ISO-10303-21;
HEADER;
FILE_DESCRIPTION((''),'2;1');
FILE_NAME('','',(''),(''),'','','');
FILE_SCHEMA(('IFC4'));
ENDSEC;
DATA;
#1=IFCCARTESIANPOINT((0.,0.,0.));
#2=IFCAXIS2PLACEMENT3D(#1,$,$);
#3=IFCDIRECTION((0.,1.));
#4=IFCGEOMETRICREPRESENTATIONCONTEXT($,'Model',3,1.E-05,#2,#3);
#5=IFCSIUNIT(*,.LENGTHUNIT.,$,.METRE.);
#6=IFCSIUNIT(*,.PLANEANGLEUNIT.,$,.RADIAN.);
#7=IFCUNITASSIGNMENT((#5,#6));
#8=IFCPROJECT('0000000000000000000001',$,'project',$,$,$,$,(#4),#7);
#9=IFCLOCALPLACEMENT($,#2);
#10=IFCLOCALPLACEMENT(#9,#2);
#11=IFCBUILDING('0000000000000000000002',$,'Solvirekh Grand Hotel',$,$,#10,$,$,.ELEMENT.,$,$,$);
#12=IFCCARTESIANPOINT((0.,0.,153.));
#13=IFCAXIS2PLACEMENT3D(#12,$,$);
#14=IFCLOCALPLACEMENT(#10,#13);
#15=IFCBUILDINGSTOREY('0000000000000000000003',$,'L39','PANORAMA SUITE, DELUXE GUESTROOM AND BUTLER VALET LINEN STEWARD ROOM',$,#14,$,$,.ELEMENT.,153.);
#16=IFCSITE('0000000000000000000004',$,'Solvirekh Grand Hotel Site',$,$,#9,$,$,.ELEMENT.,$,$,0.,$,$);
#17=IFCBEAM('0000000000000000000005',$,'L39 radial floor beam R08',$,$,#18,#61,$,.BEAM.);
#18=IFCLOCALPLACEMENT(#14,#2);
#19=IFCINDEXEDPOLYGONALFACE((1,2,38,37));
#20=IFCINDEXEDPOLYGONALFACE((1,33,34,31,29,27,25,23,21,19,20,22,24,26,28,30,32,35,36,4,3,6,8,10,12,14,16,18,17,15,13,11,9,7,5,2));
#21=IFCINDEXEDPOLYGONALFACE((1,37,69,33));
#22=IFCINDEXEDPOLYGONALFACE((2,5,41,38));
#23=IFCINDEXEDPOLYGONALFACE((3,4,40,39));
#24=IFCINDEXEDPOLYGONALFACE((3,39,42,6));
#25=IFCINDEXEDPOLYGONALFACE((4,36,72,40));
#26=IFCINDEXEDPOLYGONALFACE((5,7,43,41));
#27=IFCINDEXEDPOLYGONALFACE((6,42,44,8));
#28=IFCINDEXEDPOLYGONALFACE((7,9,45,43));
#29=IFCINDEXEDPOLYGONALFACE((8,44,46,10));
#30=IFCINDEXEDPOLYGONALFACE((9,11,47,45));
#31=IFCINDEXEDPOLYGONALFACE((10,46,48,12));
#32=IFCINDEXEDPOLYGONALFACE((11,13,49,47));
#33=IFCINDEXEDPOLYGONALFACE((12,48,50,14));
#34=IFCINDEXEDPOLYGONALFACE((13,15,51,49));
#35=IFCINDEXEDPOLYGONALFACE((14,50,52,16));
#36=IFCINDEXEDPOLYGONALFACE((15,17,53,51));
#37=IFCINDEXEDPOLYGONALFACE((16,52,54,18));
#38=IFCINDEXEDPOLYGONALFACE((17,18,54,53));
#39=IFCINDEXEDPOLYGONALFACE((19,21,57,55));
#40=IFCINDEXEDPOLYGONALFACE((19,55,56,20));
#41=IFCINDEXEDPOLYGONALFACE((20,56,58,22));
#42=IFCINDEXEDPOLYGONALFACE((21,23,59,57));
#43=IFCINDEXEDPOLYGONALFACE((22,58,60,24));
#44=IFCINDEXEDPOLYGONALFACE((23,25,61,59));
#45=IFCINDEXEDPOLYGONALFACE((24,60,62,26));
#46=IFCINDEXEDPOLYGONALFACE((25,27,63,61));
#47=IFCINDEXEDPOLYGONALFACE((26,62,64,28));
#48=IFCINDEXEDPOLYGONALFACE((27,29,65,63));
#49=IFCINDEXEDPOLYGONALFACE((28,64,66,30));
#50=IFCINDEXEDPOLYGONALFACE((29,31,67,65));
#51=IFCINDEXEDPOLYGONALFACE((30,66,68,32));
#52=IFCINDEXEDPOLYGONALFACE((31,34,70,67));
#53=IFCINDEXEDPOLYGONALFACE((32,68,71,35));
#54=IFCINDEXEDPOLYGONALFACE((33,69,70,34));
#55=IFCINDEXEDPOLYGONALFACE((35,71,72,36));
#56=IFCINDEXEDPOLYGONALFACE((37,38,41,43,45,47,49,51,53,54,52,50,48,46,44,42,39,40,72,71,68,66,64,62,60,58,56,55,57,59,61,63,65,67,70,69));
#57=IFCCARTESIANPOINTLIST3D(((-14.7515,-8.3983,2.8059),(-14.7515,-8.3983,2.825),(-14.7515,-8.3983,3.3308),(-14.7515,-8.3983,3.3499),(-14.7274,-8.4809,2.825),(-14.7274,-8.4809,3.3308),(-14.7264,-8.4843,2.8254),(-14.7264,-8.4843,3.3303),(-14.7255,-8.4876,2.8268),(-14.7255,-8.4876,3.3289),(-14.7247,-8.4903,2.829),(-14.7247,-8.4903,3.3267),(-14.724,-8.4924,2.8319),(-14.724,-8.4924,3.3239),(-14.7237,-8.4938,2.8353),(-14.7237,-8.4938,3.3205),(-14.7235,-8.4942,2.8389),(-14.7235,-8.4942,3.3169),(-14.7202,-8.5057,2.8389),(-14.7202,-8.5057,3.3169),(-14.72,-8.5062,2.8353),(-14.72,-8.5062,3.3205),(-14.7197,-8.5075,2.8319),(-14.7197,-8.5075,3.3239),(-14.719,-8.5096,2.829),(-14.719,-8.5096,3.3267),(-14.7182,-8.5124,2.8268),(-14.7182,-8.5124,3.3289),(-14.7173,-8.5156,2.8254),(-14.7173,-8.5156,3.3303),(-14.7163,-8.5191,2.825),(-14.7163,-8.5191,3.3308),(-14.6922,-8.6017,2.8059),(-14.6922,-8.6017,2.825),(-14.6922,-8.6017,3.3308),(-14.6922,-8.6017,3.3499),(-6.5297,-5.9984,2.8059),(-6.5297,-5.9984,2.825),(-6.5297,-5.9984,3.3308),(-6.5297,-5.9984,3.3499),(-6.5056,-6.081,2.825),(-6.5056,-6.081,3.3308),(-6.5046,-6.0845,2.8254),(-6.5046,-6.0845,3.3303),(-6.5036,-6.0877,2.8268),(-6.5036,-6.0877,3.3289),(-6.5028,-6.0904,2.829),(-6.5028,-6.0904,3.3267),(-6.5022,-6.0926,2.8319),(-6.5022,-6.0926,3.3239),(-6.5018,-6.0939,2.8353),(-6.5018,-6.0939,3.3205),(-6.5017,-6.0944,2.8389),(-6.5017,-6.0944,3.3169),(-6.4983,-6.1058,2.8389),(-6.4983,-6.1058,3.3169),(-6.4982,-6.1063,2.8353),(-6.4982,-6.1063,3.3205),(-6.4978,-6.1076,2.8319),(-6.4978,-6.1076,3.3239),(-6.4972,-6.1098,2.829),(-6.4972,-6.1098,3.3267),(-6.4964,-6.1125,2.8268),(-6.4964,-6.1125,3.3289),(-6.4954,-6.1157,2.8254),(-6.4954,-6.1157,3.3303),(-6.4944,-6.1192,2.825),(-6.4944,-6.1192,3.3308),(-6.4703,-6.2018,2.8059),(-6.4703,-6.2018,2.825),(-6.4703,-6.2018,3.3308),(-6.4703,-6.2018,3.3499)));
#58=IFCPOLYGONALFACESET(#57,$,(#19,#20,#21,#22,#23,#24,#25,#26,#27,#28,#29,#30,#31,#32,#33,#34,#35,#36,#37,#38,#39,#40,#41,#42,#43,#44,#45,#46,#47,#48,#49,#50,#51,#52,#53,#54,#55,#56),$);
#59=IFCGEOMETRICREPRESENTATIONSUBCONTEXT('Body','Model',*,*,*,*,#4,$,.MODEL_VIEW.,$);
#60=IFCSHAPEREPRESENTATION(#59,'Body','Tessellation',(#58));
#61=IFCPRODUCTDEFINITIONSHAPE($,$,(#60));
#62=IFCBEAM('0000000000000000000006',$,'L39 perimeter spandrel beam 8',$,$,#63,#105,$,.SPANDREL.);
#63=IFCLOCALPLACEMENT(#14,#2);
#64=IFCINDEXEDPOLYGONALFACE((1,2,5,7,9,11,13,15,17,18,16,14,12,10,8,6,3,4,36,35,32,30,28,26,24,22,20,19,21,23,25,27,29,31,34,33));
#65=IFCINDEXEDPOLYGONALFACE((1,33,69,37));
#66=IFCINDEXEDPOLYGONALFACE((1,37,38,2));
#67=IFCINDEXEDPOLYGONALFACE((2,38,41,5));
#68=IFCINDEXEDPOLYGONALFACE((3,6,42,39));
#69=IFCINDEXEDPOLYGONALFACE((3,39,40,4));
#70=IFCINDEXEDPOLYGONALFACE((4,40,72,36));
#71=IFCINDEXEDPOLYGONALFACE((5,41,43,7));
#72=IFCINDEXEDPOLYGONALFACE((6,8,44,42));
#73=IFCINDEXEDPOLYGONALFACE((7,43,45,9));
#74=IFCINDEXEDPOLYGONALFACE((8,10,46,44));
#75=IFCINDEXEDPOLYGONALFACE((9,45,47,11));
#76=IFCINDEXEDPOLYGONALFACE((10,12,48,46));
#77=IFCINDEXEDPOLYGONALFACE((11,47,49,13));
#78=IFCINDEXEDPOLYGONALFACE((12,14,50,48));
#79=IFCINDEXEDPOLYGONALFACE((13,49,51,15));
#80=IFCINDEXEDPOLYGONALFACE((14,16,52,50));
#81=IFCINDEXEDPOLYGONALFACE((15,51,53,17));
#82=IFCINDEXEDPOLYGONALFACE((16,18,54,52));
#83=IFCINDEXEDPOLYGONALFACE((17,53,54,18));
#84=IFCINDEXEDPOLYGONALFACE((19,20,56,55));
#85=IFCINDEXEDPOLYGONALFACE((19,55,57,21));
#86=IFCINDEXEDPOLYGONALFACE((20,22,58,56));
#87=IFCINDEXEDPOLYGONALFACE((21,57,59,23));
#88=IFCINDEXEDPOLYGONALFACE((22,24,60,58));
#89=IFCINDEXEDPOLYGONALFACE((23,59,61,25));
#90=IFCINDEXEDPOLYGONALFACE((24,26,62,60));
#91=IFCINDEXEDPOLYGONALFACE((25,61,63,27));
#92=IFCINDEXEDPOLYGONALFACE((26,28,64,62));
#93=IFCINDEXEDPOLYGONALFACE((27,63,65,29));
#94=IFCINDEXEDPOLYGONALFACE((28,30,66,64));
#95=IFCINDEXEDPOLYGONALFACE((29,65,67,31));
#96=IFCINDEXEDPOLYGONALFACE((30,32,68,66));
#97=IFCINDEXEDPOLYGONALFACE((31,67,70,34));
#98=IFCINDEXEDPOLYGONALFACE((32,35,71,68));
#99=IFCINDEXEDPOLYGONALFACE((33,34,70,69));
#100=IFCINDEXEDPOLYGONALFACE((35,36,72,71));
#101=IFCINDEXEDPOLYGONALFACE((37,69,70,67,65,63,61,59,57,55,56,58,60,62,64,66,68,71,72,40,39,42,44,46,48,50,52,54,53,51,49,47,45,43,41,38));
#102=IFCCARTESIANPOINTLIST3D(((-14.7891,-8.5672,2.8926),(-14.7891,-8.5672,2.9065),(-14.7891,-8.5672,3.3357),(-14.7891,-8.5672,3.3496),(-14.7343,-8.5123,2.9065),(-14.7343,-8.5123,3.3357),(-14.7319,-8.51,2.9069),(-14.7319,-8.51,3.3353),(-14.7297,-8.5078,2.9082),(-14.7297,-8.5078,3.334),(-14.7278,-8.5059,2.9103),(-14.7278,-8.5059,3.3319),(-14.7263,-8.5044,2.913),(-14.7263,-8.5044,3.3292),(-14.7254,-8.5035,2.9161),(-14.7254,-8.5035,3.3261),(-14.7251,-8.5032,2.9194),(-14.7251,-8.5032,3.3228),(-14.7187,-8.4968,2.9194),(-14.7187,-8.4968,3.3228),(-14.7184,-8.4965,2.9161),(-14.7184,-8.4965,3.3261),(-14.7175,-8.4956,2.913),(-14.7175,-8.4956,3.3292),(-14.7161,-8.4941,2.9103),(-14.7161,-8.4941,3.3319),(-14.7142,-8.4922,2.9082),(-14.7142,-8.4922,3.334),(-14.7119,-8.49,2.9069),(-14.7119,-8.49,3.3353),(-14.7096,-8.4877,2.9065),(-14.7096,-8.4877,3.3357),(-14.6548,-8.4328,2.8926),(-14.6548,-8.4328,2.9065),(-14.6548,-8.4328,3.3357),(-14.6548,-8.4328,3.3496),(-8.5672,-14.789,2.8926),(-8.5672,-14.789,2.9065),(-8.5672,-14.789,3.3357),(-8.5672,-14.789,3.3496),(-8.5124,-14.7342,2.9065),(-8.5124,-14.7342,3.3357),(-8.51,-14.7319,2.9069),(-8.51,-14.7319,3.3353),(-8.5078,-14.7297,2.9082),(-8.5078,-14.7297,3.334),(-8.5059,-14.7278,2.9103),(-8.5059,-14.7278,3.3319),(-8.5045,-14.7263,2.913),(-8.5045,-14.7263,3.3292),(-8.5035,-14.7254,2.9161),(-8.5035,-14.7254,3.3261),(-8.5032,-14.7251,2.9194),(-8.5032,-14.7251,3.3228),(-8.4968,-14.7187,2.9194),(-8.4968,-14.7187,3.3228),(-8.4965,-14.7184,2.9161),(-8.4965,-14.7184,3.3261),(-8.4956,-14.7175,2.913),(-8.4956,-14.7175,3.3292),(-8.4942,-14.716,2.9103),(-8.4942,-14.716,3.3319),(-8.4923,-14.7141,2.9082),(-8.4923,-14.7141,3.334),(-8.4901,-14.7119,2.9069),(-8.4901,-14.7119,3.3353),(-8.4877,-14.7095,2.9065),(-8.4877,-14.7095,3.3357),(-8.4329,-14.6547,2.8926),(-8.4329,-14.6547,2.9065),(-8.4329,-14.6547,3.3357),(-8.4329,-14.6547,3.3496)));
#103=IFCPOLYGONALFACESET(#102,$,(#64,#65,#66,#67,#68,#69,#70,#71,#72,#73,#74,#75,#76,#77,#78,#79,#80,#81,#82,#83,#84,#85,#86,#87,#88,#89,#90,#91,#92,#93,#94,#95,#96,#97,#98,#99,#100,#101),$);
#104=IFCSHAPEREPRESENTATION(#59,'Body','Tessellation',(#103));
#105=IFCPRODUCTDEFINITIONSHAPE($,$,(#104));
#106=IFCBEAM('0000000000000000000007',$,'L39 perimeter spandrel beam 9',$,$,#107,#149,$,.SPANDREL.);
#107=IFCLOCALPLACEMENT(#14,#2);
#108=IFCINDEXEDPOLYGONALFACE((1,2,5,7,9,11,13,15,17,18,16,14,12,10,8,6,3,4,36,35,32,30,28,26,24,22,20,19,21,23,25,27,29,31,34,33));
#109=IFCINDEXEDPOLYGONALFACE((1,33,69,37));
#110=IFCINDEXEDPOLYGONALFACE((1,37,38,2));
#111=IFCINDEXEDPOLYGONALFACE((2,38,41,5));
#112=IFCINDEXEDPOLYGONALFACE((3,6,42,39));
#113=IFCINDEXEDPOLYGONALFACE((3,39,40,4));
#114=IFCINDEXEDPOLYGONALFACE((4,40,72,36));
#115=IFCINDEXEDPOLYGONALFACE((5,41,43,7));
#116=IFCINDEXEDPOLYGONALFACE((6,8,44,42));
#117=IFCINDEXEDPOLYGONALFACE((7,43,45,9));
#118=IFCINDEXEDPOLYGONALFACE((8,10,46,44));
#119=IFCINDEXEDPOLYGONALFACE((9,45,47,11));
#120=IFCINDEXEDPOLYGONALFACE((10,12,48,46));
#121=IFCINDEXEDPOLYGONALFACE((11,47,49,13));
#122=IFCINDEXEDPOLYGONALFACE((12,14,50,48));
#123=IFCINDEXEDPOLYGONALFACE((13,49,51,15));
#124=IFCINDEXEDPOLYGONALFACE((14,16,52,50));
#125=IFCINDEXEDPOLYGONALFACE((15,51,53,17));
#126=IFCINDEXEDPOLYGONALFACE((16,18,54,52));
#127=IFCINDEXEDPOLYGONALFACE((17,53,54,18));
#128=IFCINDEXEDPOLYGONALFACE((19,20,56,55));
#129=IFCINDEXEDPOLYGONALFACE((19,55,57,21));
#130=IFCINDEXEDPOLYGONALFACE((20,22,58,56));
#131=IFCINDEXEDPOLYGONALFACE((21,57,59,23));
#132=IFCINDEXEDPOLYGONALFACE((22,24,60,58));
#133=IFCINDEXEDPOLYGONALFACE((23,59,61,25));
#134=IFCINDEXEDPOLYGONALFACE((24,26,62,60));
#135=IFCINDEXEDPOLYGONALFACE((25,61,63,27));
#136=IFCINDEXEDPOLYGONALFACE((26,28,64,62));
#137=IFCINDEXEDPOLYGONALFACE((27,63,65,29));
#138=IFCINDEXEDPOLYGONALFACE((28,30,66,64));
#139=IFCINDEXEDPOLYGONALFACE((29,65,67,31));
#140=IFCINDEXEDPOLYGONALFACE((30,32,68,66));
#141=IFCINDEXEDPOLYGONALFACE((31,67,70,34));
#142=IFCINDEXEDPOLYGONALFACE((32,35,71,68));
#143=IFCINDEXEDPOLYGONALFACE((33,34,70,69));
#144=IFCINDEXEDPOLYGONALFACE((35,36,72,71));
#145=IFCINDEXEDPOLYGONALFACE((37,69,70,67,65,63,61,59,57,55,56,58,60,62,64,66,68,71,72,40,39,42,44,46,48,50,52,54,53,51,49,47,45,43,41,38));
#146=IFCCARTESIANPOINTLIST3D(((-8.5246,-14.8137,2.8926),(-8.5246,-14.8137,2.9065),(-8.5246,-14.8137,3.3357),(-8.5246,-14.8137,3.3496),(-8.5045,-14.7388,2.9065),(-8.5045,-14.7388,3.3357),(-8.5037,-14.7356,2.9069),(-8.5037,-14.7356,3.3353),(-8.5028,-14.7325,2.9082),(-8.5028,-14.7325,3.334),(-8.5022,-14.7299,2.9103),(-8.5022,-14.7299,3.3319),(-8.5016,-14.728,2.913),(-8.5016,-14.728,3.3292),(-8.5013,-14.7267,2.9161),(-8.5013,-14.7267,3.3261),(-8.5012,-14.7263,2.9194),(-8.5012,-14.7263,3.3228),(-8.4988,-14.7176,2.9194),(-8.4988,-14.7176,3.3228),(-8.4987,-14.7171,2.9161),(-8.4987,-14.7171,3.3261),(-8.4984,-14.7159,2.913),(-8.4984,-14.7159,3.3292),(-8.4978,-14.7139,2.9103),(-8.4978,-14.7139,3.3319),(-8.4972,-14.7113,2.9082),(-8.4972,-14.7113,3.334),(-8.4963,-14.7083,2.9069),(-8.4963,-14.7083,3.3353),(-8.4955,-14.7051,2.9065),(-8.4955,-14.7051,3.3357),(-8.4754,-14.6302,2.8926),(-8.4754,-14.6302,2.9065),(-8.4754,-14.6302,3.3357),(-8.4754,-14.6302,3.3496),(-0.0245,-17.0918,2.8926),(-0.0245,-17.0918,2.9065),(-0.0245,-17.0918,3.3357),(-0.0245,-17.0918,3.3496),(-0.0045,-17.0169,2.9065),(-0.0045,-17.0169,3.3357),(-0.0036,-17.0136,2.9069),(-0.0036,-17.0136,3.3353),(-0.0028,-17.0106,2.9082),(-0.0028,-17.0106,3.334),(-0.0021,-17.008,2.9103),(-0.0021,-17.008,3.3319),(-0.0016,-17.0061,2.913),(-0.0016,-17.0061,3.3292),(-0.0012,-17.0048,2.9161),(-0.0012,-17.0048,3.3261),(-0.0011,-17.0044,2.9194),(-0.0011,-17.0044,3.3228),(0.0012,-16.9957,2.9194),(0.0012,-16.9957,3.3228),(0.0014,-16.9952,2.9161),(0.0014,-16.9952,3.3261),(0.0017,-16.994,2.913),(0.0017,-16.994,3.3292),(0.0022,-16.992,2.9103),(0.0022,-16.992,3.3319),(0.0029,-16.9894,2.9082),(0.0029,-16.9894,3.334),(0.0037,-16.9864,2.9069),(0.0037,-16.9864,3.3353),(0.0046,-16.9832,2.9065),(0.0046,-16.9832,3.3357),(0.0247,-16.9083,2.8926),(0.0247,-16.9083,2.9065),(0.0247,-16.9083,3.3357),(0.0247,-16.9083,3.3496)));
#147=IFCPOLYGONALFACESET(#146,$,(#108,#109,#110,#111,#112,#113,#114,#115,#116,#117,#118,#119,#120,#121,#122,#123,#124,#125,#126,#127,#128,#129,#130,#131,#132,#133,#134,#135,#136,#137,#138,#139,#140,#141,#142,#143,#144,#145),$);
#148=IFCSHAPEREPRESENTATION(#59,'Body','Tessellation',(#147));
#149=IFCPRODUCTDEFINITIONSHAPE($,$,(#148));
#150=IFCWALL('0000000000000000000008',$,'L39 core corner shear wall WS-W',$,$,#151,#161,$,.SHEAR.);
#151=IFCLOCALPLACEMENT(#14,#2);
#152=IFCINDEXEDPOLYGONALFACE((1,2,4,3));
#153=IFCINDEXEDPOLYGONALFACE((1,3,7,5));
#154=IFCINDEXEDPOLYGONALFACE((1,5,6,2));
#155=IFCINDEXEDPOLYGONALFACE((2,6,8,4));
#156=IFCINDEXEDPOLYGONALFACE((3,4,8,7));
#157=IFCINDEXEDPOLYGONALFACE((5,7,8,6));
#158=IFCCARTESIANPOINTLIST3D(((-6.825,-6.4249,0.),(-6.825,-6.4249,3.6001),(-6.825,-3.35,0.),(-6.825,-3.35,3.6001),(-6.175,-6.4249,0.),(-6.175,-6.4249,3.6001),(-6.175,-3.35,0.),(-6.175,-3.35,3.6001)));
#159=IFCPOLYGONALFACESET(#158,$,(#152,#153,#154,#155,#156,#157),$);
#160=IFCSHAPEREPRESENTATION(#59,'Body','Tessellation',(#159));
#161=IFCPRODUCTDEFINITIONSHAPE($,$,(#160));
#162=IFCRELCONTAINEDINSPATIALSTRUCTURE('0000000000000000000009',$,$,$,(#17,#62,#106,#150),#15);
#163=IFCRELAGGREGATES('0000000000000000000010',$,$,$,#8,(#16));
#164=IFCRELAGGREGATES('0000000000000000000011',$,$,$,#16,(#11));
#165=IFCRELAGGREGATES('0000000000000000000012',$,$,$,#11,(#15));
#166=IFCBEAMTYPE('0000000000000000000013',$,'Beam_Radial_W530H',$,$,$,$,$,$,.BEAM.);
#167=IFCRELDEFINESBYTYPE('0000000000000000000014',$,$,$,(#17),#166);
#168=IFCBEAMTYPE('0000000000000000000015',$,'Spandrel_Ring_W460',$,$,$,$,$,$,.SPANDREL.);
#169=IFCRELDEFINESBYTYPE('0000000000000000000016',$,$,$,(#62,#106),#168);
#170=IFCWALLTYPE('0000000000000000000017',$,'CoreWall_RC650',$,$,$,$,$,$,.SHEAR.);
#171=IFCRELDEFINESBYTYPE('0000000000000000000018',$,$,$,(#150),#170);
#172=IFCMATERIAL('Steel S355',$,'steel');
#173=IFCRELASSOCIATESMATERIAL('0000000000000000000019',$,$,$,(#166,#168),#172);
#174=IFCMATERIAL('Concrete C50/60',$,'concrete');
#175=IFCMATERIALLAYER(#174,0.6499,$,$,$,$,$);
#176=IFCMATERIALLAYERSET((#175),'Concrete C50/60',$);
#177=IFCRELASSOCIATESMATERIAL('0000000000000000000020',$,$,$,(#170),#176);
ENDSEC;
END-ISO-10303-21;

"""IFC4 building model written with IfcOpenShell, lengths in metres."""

from ifc_helpers import new_model, si_unit, direction, frame, frame_2d, origin, origin_2d, place, context, subcontext, project, spatial, rectangle, i_section, extrude, material, layer, layer_set, material_profile, profile_set, type_object, element, save


model = new_model("IFC4")

# Units and contexts
model_context = context("Model", 3, precision=1e-05, world=origin(), true_north=direction((0.0, 1.0)))
body_context = subcontext(model_context, "Body", "Model", "MODEL_VIEW")
ifc_project = project(units=[si_unit("LENGTHUNIT", "METRE"), si_unit("PLANEANGLEUNIT", "RADIAN")], contexts=[model_context])

# Site, building, storey
site_placement = place(None, origin())
site = spatial("IfcSite", under=ifc_project, at=site_placement, Name="Solvirekh Grand Hotel Site", CompositionType="ELEMENT", RefElevation=0.0)
building_placement = place(site_placement, origin())
building = spatial("IfcBuilding", under=site, at=building_placement, Name="Solvirekh Grand Hotel", CompositionType="ELEMENT")
storey_placement = place(building_placement, frame((0.0, 0.0, 153.0)))
storey = spatial("IfcBuildingStorey", under=building, at=storey_placement, Name="L39", Description="PANORAMA SUITE, DELUXE GUESTROOM AND BUTLER VALET LINEN STEWARD ROOM", CompositionType="ELEMENT", Elevation=153.0)

# Shared definitions
ifc_material_1 = material(Name="Concrete C50/60", Category="concrete")

# Beams
ifc_material_2 = material(Name="Steel S355", Category="steel")
ifc_material_profile_1 = material_profile(ifc_material_2, i_section(OverallWidth=0.2119, OverallDepth=0.5439, WebThickness=0.012, FlangeThickness=0.019, FilletRadius=0.0139, at=origin_2d()), Name="W530X123")
ifc_profile_set_1 = profile_set([ifc_material_profile_1], Name="Steel S355")
beam_type_1 = type_object("IfcBeamType", Name="Beam_Radial_W530H", PredefinedType="BEAM", material=ifc_profile_set_1)
beam_1_placement = place(storey_placement, frame((-6.5, -6.1001, 3.0779), z_axis=(-0.959942, -0.280198, 0.0), x_axis=(0.280198, -0.959942, 0.0)))
element("IfcBeam", 1, at=beam_1_placement, inside=storey, type_object=beam_type_1, Name="L39 radial floor beam R08", PredefinedType="BEAM", context=body_context, shape_type="SweptSolid", body=[
    extrude(i_section(OverallWidth=0.2119, OverallDepth=0.5439, WebThickness=0.012, FlangeThickness=0.019, FilletRadius=0.0139, at=origin_2d()), origin(), (0.0, 0.0, 1.0), 8.5649),
])
ifc_material_profile_2 = material_profile(ifc_material_2, i_section(OverallWidth=0.1899, OverallDepth=0.457, WebThickness=0.009, FlangeThickness=0.0139, FilletRadius=0.0129, at=origin_2d()), Name="W460X74")
ifc_profile_set_2 = profile_set([ifc_material_profile_2], Name="Steel S355")
beam_type_2 = type_object("IfcBeamType", Name="Spandrel_Ring_W460", PredefinedType="SPANDREL", material=ifc_profile_set_2)
beam_2_placement = place(storey_placement, frame((-14.7219, -8.5, 3.1211), z_axis=(0.707107, -0.707107, 0.0), x_axis=(0.707107, 0.707107, 0.0)))
element("IfcBeam", 2, at=beam_2_placement, inside=storey, type_object=beam_type_2, Name="L39 perimeter spandrel beam 8", PredefinedType="SPANDREL", context=body_context, shape_type="SweptSolid", body=[
    extrude(i_section(OverallWidth=0.1899, OverallDepth=0.457, WebThickness=0.009, FlangeThickness=0.0139, FilletRadius=0.0129, at=origin_2d()), origin(), (0.0, 0.0, 1.0), 8.7991),
])
beam_3_placement = place(storey_placement, frame((-8.5, -14.7219, 3.1211), z_axis=(0.965911, -0.258873, 0.0), x_axis=(0.258873, 0.965911, 0.0)))
element("IfcBeam", 3, at=beam_3_placement, inside=storey, type_object=beam_type_2, Name="L39 perimeter spandrel beam 9", PredefinedType="SPANDREL", context=body_context, shape_type="SweptSolid", body=[
    extrude(i_section(OverallWidth=0.1899, OverallDepth=0.457, WebThickness=0.009, FlangeThickness=0.0139, FilletRadius=0.0129, at=origin_2d()), origin(), (0.0, 0.0, 1.0), 8.8),
])

# Wall
ifc_layer_1 = layer(ifc_material_1, 0.6499)
ifc_layer_set_1 = layer_set([ifc_layer_1], Name="Concrete C50/60")
wall_type_1 = type_object("IfcWallType", Name="CoreWall_RC650", PredefinedType="SHEAR", material=ifc_layer_set_1)
wall_1_placement = place(storey_placement, frame((-6.5, -6.425, 0.0), z_axis=(0.0, 0.0, 1.0), x_axis=(0.0, 1.0, 0.0)))
element("IfcWall", 4, at=wall_1_placement, inside=storey, type_object=wall_type_1, Name="L39 core corner shear wall WS-W", PredefinedType="SHEAR", context=body_context, shape_type="SweptSolid", body=[
    extrude(rectangle(XDim=3.075, YDim=0.6499, at=frame_2d((1.5376, 0.0))), origin(), (0.0, 0.0, 1.0), 3.6001),
])

save(model, "model.ifc")
